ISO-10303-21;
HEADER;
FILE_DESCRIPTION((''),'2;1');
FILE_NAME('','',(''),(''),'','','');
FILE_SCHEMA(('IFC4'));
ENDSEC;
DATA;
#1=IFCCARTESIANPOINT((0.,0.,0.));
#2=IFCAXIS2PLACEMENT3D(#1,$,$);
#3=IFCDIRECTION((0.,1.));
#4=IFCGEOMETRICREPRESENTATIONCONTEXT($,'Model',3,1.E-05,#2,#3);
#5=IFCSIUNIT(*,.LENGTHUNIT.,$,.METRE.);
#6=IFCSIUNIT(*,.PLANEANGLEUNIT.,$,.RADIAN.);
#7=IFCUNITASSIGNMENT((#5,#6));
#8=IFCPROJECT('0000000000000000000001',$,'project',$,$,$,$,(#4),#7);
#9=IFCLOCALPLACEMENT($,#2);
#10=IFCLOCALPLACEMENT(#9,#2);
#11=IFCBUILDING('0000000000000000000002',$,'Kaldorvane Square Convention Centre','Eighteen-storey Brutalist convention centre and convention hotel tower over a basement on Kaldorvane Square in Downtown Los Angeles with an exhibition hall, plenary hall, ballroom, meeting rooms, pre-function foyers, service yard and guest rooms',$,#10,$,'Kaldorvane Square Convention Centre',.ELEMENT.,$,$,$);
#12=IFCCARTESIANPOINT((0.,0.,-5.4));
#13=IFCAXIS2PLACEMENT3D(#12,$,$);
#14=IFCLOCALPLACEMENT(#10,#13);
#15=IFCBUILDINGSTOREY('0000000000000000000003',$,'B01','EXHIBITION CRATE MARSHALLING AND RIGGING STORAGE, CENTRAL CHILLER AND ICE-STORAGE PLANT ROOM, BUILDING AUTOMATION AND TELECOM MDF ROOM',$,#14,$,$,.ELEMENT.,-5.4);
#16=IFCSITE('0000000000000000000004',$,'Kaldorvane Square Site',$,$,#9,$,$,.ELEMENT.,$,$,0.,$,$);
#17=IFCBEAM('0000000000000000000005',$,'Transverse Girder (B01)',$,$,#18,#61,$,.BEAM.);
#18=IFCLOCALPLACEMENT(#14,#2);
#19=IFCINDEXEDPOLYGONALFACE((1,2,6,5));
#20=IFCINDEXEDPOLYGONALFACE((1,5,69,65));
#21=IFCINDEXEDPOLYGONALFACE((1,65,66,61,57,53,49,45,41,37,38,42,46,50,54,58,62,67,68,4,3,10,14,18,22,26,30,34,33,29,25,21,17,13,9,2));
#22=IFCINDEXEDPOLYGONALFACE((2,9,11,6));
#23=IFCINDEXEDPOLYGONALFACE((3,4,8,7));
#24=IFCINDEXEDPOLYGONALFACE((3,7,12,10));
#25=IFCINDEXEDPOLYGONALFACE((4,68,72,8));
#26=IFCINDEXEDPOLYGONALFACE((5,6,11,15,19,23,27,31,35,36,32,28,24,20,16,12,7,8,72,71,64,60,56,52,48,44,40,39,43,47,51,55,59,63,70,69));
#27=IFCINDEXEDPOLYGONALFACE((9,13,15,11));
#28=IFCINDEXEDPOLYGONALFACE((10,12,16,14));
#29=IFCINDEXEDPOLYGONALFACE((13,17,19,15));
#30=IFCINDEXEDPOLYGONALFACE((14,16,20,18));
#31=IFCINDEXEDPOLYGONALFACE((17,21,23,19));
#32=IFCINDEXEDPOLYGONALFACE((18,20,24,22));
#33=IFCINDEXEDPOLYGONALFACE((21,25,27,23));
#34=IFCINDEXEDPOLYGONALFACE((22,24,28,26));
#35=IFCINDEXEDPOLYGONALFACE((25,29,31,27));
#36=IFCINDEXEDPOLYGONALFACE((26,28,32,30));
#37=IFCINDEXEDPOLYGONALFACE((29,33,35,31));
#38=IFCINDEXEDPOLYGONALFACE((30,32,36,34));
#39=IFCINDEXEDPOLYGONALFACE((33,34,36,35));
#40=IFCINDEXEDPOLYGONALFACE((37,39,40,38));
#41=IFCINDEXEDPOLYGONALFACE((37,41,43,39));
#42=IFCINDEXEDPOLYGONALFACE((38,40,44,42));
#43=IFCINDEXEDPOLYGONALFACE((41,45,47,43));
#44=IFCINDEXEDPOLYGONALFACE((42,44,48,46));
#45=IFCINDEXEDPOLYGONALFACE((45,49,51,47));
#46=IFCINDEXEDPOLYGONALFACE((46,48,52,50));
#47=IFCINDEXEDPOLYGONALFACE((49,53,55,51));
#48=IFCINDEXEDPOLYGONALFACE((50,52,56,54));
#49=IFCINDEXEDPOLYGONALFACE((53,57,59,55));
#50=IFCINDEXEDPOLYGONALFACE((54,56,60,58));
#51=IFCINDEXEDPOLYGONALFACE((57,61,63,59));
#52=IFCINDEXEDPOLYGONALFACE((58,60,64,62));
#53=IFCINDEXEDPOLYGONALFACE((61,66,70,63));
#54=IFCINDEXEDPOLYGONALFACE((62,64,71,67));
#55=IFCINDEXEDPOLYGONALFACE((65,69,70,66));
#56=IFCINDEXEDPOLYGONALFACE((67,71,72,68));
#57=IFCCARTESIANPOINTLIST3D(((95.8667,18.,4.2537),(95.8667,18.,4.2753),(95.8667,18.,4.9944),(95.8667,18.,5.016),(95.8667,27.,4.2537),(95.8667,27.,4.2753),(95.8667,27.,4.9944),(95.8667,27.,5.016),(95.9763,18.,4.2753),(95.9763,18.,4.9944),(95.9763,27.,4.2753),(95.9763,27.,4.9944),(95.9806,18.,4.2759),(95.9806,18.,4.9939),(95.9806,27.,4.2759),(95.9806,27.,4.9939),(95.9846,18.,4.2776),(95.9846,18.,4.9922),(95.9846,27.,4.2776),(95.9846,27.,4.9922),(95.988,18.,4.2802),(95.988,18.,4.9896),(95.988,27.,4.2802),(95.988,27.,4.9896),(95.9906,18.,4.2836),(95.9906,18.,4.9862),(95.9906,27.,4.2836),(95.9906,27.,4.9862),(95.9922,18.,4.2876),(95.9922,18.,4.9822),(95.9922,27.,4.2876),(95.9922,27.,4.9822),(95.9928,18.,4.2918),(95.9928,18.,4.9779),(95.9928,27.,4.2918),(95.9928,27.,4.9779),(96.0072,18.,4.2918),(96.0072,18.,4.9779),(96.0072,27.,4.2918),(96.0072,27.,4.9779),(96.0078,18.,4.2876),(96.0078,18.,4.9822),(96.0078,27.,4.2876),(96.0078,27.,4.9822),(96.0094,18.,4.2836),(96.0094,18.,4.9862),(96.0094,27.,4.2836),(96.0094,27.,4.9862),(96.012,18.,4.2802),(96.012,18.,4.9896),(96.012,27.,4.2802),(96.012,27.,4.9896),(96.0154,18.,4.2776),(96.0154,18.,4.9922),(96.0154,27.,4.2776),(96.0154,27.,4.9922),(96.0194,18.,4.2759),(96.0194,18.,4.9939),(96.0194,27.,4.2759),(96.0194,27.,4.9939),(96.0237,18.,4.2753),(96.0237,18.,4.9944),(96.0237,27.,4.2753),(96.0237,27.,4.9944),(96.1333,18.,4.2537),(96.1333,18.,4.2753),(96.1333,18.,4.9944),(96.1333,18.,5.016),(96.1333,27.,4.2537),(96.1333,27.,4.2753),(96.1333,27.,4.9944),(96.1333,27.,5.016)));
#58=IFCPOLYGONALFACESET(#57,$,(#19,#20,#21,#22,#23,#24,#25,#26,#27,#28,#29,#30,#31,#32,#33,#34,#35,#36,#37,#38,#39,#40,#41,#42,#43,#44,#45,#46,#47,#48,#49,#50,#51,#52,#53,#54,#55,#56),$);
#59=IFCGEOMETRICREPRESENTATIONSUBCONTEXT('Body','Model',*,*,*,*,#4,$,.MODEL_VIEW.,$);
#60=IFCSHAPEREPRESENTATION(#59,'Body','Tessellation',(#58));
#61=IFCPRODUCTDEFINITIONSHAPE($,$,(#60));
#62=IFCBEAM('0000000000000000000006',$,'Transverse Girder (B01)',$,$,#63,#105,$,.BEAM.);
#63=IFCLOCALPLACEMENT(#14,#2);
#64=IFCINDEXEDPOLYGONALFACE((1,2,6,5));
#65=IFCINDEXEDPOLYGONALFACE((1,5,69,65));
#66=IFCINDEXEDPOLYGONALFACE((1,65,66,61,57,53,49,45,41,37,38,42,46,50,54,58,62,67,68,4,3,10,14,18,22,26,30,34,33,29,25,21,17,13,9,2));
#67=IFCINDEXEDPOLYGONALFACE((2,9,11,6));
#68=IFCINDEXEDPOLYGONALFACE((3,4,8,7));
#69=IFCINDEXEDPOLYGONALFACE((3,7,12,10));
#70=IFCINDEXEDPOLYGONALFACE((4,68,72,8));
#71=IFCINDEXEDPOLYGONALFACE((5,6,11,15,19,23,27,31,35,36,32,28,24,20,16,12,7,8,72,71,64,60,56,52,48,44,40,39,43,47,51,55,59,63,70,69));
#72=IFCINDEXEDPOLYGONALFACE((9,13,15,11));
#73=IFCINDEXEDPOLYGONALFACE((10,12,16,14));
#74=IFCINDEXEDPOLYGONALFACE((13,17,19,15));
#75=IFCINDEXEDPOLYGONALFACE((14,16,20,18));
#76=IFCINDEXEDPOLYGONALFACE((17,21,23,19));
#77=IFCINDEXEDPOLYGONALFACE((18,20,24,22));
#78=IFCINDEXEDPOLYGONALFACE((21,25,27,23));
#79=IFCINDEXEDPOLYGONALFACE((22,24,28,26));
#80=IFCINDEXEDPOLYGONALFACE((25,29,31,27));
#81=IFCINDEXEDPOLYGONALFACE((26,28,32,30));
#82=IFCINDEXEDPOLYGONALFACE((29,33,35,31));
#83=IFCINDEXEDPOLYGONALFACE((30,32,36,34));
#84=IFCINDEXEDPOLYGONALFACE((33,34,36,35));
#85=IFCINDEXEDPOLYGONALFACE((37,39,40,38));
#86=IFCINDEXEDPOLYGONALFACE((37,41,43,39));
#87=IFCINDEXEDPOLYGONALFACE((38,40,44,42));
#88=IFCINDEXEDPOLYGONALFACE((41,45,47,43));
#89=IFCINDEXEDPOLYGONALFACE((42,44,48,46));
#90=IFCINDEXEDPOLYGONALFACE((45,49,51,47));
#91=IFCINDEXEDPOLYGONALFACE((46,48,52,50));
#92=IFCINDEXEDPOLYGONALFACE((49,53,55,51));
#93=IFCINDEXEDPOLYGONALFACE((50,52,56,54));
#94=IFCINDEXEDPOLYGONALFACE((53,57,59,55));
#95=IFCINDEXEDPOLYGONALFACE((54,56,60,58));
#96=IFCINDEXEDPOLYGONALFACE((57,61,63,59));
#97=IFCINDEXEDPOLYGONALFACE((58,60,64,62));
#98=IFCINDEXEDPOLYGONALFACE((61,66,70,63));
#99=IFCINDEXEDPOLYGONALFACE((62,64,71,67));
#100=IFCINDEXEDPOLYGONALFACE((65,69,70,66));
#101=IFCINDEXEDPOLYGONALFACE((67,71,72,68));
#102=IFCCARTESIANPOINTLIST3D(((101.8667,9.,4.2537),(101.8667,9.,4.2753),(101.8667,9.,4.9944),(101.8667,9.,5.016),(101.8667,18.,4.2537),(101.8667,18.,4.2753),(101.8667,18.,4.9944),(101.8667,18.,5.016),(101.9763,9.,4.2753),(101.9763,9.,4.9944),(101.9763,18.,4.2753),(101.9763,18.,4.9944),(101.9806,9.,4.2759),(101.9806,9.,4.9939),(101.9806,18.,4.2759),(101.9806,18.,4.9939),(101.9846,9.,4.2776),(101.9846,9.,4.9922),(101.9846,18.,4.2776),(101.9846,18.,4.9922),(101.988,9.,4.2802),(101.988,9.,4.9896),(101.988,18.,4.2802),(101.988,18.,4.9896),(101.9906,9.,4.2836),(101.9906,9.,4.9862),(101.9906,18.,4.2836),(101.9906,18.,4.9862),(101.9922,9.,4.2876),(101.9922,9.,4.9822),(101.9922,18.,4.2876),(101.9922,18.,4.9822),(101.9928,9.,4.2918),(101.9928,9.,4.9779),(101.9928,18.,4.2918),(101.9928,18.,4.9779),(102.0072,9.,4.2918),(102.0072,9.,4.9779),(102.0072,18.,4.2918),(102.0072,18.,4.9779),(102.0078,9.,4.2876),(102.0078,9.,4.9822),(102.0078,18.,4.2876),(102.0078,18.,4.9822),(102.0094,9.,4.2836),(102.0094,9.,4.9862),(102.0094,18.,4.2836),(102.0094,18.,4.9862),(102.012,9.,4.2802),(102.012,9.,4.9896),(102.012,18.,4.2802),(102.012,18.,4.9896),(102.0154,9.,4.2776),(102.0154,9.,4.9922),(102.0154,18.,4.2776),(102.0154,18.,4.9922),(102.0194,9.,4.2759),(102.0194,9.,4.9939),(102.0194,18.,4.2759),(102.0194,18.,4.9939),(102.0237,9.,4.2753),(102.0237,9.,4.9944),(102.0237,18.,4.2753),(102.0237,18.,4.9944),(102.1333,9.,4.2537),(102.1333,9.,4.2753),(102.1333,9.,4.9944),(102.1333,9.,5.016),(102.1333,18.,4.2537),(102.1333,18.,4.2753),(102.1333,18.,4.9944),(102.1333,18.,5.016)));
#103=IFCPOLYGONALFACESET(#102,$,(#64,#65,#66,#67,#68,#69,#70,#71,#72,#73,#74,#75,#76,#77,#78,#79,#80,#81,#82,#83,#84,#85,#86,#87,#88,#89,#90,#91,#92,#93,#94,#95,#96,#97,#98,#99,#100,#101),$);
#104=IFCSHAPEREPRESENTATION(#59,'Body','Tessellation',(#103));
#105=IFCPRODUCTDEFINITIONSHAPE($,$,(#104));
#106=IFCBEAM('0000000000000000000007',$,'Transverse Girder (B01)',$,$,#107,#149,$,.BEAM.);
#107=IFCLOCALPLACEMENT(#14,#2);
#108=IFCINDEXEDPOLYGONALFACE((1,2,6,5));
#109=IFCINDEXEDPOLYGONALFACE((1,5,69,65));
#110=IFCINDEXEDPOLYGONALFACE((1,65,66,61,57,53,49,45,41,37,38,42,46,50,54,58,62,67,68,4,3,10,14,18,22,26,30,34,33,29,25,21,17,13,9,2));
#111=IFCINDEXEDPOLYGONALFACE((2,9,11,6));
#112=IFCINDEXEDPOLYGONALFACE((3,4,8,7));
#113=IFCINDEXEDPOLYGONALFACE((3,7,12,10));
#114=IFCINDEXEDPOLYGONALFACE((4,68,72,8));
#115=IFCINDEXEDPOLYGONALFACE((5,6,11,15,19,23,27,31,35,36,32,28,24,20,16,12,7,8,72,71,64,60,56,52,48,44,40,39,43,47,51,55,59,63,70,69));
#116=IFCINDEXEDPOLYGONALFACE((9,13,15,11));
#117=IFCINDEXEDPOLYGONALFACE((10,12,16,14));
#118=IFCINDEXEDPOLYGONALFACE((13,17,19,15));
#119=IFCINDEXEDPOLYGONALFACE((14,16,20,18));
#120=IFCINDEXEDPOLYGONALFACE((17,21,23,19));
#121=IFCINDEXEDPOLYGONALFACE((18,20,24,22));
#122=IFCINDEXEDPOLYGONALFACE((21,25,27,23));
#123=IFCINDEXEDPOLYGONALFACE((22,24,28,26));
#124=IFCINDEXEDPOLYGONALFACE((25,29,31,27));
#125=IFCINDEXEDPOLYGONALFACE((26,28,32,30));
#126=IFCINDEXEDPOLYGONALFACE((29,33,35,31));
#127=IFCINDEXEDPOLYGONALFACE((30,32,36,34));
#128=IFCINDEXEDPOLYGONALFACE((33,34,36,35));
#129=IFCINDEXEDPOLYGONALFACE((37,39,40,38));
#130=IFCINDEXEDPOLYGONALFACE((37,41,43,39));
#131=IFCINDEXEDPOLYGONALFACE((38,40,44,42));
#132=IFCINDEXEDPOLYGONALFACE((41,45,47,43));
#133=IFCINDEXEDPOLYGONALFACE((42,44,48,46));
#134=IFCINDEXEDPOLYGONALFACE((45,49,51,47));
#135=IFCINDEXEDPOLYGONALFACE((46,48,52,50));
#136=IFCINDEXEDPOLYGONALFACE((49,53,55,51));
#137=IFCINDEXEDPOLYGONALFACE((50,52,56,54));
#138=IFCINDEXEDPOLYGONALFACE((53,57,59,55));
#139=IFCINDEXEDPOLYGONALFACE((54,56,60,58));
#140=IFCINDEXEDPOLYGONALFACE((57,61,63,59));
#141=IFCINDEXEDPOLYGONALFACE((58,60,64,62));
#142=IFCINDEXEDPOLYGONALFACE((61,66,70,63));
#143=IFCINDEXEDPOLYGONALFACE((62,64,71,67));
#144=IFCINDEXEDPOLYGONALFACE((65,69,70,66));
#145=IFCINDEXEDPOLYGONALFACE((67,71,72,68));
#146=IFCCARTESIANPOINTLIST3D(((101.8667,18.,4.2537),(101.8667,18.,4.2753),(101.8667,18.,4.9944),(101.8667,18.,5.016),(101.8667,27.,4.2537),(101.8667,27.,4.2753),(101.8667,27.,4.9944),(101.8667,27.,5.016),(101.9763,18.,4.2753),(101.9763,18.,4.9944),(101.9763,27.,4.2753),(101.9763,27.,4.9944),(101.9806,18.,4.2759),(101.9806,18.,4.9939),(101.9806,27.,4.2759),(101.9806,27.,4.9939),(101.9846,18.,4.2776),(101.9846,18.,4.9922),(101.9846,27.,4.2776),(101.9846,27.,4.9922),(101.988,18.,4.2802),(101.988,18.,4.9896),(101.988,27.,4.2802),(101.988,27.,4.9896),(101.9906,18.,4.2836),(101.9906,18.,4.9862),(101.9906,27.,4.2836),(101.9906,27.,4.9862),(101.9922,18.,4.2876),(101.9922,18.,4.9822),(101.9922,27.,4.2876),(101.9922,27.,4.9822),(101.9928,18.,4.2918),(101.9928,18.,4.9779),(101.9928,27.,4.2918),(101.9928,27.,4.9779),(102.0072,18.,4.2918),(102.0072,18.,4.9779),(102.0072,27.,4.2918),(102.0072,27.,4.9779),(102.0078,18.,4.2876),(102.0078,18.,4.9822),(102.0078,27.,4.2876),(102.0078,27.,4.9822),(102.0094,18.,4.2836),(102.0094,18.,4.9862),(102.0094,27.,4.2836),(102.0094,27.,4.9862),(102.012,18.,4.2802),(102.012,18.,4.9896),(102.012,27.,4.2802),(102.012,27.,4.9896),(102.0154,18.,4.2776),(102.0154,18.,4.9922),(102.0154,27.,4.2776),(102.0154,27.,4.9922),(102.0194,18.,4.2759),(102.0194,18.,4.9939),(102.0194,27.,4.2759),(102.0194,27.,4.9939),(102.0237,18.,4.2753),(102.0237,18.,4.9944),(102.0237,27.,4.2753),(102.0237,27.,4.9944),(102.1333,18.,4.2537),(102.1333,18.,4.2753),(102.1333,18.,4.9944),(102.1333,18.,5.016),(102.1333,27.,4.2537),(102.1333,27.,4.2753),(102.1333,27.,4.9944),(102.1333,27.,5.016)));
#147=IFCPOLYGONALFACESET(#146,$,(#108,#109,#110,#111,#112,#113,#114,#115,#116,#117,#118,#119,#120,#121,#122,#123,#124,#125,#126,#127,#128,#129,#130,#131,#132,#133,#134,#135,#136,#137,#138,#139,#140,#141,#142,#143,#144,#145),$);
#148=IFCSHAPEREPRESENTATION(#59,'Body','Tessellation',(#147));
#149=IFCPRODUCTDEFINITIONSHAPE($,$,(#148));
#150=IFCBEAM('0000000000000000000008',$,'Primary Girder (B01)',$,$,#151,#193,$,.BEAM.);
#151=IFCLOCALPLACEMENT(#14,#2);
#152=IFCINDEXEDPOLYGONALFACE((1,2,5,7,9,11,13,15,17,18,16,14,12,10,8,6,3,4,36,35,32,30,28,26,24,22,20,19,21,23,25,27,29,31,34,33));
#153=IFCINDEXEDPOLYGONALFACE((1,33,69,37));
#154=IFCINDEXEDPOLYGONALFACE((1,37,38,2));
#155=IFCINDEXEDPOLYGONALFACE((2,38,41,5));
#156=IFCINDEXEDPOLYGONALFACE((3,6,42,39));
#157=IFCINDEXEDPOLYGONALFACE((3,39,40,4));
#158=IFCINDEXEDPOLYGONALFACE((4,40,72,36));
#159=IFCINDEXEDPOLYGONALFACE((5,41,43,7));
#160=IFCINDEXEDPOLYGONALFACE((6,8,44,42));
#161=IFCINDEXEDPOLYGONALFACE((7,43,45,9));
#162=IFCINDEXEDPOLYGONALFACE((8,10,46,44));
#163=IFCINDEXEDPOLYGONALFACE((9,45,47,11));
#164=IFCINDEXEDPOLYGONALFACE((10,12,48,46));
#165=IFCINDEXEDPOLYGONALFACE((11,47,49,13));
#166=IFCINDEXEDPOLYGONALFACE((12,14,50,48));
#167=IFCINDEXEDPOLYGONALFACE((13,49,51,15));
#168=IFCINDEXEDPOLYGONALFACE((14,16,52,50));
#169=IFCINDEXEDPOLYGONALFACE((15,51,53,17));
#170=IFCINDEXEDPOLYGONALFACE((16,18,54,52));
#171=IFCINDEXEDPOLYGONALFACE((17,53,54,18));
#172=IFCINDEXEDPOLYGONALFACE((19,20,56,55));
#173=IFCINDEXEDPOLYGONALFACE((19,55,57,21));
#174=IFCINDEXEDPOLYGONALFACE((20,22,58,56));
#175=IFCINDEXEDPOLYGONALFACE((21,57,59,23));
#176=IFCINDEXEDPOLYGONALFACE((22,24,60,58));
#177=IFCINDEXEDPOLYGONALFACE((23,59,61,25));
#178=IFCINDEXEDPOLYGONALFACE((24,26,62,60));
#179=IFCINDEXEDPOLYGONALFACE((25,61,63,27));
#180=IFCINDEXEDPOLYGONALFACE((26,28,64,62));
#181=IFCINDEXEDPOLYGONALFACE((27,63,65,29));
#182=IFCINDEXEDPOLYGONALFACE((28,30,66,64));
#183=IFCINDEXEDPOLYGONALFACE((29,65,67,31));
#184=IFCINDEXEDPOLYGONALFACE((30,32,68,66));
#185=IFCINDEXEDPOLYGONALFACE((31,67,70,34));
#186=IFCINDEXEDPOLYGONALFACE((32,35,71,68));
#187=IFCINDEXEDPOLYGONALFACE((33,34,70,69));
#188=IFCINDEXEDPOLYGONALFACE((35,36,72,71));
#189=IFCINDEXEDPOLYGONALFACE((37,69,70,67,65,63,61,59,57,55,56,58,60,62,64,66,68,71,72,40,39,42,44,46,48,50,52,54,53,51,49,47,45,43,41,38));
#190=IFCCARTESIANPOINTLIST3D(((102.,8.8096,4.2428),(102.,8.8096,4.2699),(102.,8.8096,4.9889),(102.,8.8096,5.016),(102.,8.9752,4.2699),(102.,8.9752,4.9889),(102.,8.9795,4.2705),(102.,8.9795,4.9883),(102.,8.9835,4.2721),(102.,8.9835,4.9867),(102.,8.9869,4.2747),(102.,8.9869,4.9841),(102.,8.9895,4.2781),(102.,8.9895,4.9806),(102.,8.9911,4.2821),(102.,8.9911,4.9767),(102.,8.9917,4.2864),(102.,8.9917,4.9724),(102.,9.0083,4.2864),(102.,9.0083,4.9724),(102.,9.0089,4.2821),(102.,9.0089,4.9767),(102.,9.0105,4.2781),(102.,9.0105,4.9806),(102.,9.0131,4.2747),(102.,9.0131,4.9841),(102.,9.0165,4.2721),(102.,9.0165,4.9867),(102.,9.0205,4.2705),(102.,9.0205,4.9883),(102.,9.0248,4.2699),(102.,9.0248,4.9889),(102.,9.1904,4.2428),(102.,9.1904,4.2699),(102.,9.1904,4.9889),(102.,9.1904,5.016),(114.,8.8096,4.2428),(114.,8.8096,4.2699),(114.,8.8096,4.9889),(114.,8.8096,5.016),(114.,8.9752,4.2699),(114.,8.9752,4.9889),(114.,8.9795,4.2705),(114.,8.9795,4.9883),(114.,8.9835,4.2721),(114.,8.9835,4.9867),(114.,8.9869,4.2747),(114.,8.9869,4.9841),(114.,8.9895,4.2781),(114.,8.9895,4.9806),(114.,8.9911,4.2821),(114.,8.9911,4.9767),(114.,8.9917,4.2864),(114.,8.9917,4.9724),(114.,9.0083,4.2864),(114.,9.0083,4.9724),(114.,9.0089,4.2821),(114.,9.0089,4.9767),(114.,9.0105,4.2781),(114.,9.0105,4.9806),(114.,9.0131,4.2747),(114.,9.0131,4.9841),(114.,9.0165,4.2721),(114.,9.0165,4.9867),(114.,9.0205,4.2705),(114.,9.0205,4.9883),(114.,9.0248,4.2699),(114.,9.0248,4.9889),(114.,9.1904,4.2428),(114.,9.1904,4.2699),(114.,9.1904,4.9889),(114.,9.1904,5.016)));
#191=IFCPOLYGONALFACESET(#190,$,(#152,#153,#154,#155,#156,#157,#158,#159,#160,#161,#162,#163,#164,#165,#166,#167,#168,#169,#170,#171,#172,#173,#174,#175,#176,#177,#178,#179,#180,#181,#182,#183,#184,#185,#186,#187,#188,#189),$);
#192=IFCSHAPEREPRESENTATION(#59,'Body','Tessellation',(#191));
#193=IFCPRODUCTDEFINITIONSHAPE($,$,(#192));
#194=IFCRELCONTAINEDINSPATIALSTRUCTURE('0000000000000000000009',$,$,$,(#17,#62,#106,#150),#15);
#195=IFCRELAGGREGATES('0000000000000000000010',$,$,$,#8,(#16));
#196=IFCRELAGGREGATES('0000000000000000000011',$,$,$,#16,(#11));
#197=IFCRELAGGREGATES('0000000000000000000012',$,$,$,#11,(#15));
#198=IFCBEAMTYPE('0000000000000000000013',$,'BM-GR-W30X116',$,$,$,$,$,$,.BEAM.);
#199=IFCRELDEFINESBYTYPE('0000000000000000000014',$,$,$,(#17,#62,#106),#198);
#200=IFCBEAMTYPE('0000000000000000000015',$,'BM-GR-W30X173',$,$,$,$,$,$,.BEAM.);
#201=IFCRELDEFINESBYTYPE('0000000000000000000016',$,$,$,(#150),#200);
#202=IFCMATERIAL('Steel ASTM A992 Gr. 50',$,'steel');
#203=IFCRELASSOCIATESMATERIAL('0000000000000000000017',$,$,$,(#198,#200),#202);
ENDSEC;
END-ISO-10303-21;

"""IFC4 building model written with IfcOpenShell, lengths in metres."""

from ifc_helpers import new_model, si_unit, direction, frame, origin, origin_2d, place, context, subcontext, project, spatial, i_section, extrude, material, material_profile, profile_set, type_object, element, save


model = new_model("IFC4")

# Units and contexts
model_context = context("Model", 3, precision=1e-05, world=origin(), true_north=direction((0.0, 1.0)))
body_context = subcontext(model_context, "Body", "Model", "MODEL_VIEW")
ifc_project = project(units=[si_unit("LENGTHUNIT", "METRE"), si_unit("PLANEANGLEUNIT", "RADIAN")], contexts=[model_context])

# Site, building, storey
site_placement = place(None, origin())
site = spatial("IfcSite", under=ifc_project, at=site_placement, Name="Kaldorvane Square Site", CompositionType="ELEMENT", RefElevation=0.0)
building_placement = place(site_placement, origin())
building = spatial("IfcBuilding", under=site, at=building_placement, Name="Kaldorvane Square Convention Centre", Description="Eighteen-storey Brutalist convention centre and convention hotel tower over a basement on Kaldorvane Square in Downtown Los Angeles with an exhibition hall, plenary hall, ballroom, meeting rooms, pre-function foyers, service yard and guest rooms", LongName="Kaldorvane Square Convention Centre", CompositionType="ELEMENT")
storey_placement = place(building_placement, frame((0.0, 0.0, -5.4)))
storey = spatial("IfcBuildingStorey", under=building, at=storey_placement, Name="B01", Description="EXHIBITION CRATE MARSHALLING AND RIGGING STORAGE, CENTRAL CHILLER AND ICE-STORAGE PLANT ROOM, BUILDING AUTOMATION AND TELECOM MDF ROOM", CompositionType="ELEMENT", Elevation=-5.4)

# Shared definitions
ifc_material_1 = material(Name="Steel ASTM A992 Gr. 50", Category="steel")

# Beams
ifc_material_profile_1 = material_profile(ifc_material_1, i_section(OverallWidth=0.2666, OverallDepth=0.7623, WebThickness=0.0144, FlangeThickness=0.0216, FilletRadius=0.0165, at=origin_2d()), Name="W30X116")
ifc_profile_set_1 = profile_set([ifc_material_profile_1], Name="Steel ASTM A992 Gr. 50")
beam_type_1 = type_object("IfcBeamType", Name="BM-GR-W30X116", PredefinedType="BEAM", material=ifc_profile_set_1)
for number, where, z_axis, x_axis, name in (
    (1, (96.0, 18.0, 4.6349), (0.0, 1.0, 0.0), (-1.0, 0.0, 0.0), "Transverse Girder (B01)"),
    (2, (102.0, 9.0, 4.6349), (0.0, 1.0, 0.0), (-1.0, 0.0, 0.0), "Transverse Girder (B01)"),
    (3, (102.0, 18.0, 4.6349), (0.0, 1.0, 0.0), (-1.0, 0.0, 0.0), "Transverse Girder (B01)"),
):
    element("IfcBeam", number, at=place(storey_placement, frame(where, z_axis=z_axis, x_axis=x_axis)), inside=storey, type_object=beam_type_1, Name=name, PredefinedType="BEAM", context=body_context, shape_type="SweptSolid", body=[
        extrude(i_section(OverallWidth=0.2666, OverallDepth=0.7623, WebThickness=0.0144, FlangeThickness=0.0216, FilletRadius=0.0165, at=origin_2d()), origin(), (0.0, 0.0, 1.0), 9.0),
    ])
ifc_material_profile_2 = material_profile(ifc_material_1, i_section(OverallWidth=0.3807, OverallDepth=0.7732, WebThickness=0.0166, FlangeThickness=0.0271, FilletRadius=0.0165, at=origin_2d()), Name="W30X173")
ifc_profile_set_2 = profile_set([ifc_material_profile_2], Name="Steel ASTM A992 Gr. 50")
beam_type_2 = type_object("IfcBeamType", Name="BM-GR-W30X173", PredefinedType="BEAM", material=ifc_profile_set_2)
for number, where, z_axis, x_axis, name in (
    (4, (102.0, 9.0, 4.6294), (1.0, 0.0, 0.0), (0.0, 1.0, 0.0), "Primary Girder (B01)"),
):
    element("IfcBeam", number, at=place(storey_placement, frame(where, z_axis=z_axis, x_axis=x_axis)), inside=storey, type_object=beam_type_2, Name=name, PredefinedType="BEAM", context=body_context, shape_type="SweptSolid", body=[
        extrude(i_section(OverallWidth=0.3807, OverallDepth=0.7732, WebThickness=0.0166, FlangeThickness=0.0271, FilletRadius=0.0165, at=origin_2d()), origin(), (0.0, 0.0, 1.0), 12.0),
    ])

save(model, "model.ifc")
